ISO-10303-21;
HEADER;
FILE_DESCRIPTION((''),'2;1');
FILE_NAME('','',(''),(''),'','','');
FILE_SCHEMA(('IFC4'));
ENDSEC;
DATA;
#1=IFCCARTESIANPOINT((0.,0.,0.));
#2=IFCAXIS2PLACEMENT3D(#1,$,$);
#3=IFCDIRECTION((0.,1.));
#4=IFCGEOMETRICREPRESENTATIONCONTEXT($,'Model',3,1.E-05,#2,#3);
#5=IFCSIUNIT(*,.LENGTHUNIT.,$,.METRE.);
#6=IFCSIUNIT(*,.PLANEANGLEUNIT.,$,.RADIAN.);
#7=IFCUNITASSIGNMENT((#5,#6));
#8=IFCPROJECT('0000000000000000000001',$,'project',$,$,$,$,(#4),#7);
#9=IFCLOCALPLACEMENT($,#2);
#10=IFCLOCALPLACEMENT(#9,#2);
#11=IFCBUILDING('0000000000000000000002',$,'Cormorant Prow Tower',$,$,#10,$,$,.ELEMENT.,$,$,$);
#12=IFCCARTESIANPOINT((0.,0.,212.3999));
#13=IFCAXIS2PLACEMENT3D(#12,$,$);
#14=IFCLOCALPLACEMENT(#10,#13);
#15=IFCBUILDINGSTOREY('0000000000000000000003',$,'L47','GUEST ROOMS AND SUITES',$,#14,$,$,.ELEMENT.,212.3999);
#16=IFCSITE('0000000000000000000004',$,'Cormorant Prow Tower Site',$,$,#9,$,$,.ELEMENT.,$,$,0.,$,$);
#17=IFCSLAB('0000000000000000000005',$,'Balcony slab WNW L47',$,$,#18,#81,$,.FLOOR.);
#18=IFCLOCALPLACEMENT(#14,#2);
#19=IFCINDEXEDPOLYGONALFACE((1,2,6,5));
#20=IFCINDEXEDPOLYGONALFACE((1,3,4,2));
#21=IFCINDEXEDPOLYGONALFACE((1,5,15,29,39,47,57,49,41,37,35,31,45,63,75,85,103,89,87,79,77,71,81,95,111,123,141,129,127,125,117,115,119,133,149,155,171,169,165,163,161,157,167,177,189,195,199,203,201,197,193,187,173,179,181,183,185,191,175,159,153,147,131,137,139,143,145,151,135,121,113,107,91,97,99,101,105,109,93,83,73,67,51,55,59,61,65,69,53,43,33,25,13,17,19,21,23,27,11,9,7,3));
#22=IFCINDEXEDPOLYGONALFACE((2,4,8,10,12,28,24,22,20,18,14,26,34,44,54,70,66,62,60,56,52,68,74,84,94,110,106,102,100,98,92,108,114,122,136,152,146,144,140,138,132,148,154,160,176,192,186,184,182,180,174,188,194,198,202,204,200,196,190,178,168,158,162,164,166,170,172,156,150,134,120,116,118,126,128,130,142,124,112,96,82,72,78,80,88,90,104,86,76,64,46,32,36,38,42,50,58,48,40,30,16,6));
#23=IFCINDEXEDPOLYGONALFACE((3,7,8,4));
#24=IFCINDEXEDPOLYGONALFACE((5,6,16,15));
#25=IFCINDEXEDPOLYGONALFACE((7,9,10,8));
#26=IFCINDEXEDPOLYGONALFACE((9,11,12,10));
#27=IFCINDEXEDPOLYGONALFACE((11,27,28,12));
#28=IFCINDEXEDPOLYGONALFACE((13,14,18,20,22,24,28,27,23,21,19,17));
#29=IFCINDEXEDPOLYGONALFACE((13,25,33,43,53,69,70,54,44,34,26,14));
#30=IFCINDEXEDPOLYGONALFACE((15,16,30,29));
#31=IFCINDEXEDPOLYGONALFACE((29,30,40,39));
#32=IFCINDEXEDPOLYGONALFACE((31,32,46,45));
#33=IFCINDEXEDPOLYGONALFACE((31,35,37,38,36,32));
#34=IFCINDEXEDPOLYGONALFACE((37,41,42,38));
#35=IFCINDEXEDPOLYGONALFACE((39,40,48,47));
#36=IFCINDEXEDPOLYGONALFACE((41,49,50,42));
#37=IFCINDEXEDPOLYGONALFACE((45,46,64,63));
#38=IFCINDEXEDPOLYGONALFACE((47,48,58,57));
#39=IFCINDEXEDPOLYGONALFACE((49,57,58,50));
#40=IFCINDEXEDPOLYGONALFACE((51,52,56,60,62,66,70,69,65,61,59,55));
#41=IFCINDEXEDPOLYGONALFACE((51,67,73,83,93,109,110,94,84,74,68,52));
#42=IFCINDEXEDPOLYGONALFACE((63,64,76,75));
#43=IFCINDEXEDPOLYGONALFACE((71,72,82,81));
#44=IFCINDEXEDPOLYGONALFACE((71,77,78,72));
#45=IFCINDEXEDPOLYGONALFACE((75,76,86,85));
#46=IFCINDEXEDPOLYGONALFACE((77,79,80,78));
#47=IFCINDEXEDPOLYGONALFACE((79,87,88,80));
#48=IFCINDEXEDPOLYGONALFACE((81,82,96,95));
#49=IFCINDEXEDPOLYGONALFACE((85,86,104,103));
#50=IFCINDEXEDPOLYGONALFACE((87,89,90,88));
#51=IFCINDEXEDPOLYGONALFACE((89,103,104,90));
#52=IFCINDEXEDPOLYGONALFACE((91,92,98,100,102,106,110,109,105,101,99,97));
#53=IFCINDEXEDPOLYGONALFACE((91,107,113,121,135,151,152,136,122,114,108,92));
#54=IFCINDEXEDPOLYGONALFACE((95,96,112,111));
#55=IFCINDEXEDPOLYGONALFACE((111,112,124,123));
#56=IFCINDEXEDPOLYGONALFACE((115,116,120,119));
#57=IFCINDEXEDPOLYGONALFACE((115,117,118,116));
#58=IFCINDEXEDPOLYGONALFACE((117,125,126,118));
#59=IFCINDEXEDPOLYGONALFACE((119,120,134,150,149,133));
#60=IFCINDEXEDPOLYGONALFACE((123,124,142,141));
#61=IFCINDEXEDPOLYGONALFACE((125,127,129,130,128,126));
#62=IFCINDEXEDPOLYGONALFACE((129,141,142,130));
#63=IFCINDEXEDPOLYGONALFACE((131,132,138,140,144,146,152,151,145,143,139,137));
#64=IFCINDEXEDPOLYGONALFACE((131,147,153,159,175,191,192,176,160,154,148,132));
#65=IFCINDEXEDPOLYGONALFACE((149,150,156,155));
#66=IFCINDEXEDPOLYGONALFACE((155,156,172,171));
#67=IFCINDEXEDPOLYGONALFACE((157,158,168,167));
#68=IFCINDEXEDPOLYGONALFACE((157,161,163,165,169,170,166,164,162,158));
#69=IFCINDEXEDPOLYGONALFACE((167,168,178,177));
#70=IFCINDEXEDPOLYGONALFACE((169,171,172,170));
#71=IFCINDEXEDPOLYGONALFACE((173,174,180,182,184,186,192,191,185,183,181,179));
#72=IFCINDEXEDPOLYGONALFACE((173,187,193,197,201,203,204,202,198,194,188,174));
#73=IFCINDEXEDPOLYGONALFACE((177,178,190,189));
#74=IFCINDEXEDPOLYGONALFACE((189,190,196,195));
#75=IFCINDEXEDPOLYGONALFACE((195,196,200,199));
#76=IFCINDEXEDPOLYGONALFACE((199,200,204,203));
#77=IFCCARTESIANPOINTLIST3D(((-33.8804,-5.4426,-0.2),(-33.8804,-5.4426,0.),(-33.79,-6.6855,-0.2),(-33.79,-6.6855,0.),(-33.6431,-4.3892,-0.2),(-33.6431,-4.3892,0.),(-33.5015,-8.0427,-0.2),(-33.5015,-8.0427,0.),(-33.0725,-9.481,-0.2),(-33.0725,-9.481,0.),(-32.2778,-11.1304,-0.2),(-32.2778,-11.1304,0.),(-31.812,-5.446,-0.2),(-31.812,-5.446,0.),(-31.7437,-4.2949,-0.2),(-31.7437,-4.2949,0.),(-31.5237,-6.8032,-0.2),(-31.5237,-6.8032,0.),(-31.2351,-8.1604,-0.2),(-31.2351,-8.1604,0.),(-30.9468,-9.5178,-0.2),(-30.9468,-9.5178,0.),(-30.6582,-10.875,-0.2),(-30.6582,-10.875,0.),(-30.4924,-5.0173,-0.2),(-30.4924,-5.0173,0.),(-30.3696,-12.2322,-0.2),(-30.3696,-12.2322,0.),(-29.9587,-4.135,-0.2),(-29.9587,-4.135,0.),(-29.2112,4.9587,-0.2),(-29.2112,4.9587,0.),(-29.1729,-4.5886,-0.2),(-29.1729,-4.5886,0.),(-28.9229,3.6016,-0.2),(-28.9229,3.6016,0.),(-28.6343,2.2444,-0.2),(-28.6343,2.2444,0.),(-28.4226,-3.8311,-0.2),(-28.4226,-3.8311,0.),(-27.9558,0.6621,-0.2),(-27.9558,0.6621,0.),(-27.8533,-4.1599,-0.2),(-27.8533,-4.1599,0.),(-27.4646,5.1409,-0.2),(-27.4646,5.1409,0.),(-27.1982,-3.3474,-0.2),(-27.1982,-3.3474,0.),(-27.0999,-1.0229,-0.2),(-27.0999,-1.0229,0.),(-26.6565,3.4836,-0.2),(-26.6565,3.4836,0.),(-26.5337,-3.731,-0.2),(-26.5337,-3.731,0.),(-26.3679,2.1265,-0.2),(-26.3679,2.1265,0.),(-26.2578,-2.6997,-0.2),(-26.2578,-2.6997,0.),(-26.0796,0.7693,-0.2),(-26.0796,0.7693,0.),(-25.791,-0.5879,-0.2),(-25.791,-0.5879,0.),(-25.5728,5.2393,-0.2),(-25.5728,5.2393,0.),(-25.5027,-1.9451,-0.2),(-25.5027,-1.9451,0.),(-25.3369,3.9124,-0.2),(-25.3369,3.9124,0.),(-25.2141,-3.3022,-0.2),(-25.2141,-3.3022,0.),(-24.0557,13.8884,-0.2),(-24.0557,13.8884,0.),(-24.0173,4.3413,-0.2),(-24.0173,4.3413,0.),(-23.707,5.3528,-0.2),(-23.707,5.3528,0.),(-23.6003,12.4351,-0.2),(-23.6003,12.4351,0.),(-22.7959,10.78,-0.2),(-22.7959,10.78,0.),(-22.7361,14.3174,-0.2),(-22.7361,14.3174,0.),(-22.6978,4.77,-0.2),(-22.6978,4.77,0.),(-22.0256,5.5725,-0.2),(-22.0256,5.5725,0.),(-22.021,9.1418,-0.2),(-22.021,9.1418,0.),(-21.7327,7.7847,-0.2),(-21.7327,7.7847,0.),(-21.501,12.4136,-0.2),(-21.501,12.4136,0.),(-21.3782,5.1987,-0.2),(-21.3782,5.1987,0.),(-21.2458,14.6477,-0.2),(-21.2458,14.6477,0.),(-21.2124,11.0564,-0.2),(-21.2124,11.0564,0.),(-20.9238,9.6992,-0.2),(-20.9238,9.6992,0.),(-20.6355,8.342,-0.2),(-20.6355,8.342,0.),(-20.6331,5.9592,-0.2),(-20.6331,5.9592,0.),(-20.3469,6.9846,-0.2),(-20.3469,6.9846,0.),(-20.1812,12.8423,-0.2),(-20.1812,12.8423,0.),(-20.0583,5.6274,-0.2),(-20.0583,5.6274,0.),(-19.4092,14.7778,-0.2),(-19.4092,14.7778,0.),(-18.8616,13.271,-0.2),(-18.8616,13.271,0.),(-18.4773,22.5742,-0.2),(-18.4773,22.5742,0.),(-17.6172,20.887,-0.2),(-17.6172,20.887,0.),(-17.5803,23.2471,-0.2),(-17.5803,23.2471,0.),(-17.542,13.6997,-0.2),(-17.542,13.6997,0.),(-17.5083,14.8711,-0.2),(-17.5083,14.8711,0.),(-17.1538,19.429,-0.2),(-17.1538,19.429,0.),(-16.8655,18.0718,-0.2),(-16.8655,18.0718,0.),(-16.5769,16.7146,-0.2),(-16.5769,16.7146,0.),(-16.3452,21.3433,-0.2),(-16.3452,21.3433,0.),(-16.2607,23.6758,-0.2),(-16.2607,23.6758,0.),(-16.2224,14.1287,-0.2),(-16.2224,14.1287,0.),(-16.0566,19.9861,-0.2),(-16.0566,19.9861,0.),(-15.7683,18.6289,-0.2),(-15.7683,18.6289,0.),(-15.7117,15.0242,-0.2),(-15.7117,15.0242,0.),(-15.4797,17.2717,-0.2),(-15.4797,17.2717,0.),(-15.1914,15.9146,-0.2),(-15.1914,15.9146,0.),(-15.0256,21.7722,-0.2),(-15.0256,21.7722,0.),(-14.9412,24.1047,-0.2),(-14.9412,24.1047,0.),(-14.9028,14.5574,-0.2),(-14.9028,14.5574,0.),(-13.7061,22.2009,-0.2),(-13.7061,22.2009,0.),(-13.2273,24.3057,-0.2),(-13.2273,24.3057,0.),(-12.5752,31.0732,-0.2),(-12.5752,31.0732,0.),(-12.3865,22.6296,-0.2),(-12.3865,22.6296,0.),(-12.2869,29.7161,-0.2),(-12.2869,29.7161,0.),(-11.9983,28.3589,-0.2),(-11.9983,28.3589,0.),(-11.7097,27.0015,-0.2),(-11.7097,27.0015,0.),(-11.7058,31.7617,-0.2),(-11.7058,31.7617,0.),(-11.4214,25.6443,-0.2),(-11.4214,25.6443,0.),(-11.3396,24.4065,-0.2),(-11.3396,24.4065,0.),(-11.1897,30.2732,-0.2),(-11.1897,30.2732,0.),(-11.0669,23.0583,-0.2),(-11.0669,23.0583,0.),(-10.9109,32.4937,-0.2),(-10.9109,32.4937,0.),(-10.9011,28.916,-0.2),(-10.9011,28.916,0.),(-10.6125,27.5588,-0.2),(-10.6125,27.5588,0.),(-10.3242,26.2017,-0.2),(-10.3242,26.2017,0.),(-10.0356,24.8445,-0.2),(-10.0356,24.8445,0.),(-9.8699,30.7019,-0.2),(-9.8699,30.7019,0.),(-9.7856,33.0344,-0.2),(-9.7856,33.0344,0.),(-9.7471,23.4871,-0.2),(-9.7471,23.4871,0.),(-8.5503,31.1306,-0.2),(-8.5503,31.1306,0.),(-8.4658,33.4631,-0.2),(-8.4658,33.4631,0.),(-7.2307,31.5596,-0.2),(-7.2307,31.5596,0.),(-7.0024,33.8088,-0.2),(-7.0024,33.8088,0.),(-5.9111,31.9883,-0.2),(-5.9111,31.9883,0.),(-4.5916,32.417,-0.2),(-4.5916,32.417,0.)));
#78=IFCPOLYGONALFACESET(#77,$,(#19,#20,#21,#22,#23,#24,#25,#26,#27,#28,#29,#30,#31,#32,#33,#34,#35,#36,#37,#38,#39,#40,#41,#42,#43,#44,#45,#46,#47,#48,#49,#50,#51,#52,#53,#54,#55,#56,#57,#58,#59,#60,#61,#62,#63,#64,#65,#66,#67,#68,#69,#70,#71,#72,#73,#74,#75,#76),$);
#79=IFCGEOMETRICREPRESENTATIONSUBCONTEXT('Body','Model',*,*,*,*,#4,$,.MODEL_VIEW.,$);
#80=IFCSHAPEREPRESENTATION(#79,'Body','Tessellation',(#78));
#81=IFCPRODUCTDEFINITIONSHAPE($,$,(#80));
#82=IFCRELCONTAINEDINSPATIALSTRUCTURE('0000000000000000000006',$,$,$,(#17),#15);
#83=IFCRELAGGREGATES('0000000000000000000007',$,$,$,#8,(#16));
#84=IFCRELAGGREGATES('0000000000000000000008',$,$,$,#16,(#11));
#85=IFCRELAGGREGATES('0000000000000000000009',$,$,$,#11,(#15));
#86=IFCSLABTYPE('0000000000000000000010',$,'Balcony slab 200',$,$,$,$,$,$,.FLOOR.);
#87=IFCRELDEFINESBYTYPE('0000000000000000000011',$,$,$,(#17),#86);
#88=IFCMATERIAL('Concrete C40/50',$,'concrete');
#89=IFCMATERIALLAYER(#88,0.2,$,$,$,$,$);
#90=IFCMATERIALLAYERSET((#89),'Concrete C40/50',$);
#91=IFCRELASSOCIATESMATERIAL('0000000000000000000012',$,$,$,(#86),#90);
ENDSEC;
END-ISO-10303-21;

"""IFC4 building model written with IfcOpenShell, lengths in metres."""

from ifc_helpers import new_model, si_unit, direction, frame, origin, place, context, subcontext, project, spatial, polyline, outline, extrude, material, layer, layer_set, type_object, element, save


model = new_model("IFC4")

# Units and contexts
model_context = context("Model", 3, precision=1e-05, world=origin(), true_north=direction((0.0, 1.0)))
body_context = subcontext(model_context, "Body", "Model", "MODEL_VIEW")
ifc_project = project(units=[si_unit("LENGTHUNIT", "METRE"), si_unit("PLANEANGLEUNIT", "RADIAN")], contexts=[model_context])

# Site, building, storey
site_placement = place(None, origin())
site = spatial("IfcSite", under=ifc_project, at=site_placement, Name="Cormorant Prow Tower Site", CompositionType="ELEMENT", RefElevation=0.0)
building_placement = place(site_placement, origin())
building = spatial("IfcBuilding", under=site, at=building_placement, Name="Cormorant Prow Tower", CompositionType="ELEMENT")
storey_placement = place(building_placement, frame((0.0, 0.0, 212.3999)))
storey = spatial("IfcBuildingStorey", under=building, at=storey_placement, Name="L47", Description="GUEST ROOMS AND SUITES", CompositionType="ELEMENT", Elevation=212.3999)

# Slab
ifc_material_1 = material(Name="Concrete C40/50", Category="concrete")
ifc_layer_1 = layer(ifc_material_1, 0.2)
ifc_layer_set_1 = layer_set([ifc_layer_1], Name="Concrete C40/50")
slab_type_1 = type_object("IfcSlabType", Name="Balcony slab 200", PredefinedType="FLOOR", material=ifc_layer_set_1)
slab_1_placement = place(storey_placement, frame((0.0, 0.0, -0.2)))
element("IfcSlab", 1, at=slab_1_placement, inside=storey, type_object=slab_type_1, Name="Balcony slab WNW L47", PredefinedType="FLOOR", context=body_context, shape_type="SweptSolid", body=[
    extrude(outline(polyline([(-4.5916, 32.417), (-7.0024, 33.8088), (-8.4658, 33.4631), (-9.7856, 33.0344), (-10.9109, 32.4937), (-11.7058, 31.7617), (-12.5752, 31.0732), (-12.2869, 29.7161), (-11.9983, 28.3589), (-11.7097, 27.0015), (-11.4214, 25.6443), (-11.3396, 24.4065), (-13.2273, 24.3057), (-14.9412, 24.1047), (-16.2607, 23.6758), (-17.5803, 23.2471), (-18.4773, 22.5742), (-17.6172, 20.887), (-17.1538, 19.429), (-16.8655, 18.0718), (-16.5769, 16.7146), (-15.7117, 15.0242), (-17.5083, 14.8711), (-19.4092, 14.7778), (-21.2458, 14.6477), (-22.7361, 14.3174), (-24.0557, 13.8884), (-23.6003, 12.4351), (-22.7959, 10.78), (-22.021, 9.1418), (-21.7327, 7.7847), (-20.6331, 5.9592), (-22.0256, 5.5725), (-23.707, 5.3528), (-25.5728, 5.2393), (-27.4646, 5.1409), (-29.2112, 4.9587), (-28.9229, 3.6016), (-28.6343, 2.2444), (-27.9558, 0.6621), (-27.0999, -1.0229), (-26.2578, -2.6997), (-27.1982, -3.3474), (-28.4226, -3.8311), (-29.9587, -4.135), (-31.7437, -4.2949), (-33.6431, -4.3892), (-33.8804, -5.4426), (-33.79, -6.6855), (-33.5015, -8.0427), (-33.0725, -9.481), (-32.2778, -11.1304), (-30.3696, -12.2322), (-30.6582, -10.875), (-30.9468, -9.5178), (-31.2351, -8.1604), (-31.5237, -6.8032), (-31.812, -5.446), (-30.4924, -5.0173), (-29.1729, -4.5886), (-27.8533, -4.1599), (-26.5337, -3.731), (-25.2141, -3.3022), (-25.5027, -1.9451), (-25.791, -0.5879), (-26.0796, 0.7693), (-26.3679, 2.1265), (-26.6565, 3.4836), (-25.3369, 3.9124), (-24.0173, 4.3413), (-22.6978, 4.77), (-21.3782, 5.1987), (-20.0583, 5.6274), (-20.3469, 6.9846), (-20.6355, 8.342), (-20.9238, 9.6992), (-21.2124, 11.0564), (-21.501, 12.4136), (-20.1812, 12.8423), (-18.8616, 13.271), (-17.542, 13.6997), (-16.2224, 14.1287), (-14.9028, 14.5574), (-15.1914, 15.9146), (-15.4797, 17.2717), (-15.7683, 18.6289), (-16.0566, 19.9861), (-16.3452, 21.3433), (-15.0256, 21.7722), (-13.7061, 22.2009), (-12.3865, 22.6296), (-11.0669, 23.0583), (-9.7471, 23.4871), (-10.0356, 24.8445), (-10.3242, 26.2017), (-10.6125, 27.5588), (-10.9011, 28.916), (-11.1897, 30.2732), (-9.8699, 30.7019), (-8.5503, 31.1306), (-7.2307, 31.5596), (-5.9111, 31.9883), (-4.5916, 32.417)])), origin(), (0.0, 0.0, 1.0), 0.2),
])

save(model, "model.ifc")
